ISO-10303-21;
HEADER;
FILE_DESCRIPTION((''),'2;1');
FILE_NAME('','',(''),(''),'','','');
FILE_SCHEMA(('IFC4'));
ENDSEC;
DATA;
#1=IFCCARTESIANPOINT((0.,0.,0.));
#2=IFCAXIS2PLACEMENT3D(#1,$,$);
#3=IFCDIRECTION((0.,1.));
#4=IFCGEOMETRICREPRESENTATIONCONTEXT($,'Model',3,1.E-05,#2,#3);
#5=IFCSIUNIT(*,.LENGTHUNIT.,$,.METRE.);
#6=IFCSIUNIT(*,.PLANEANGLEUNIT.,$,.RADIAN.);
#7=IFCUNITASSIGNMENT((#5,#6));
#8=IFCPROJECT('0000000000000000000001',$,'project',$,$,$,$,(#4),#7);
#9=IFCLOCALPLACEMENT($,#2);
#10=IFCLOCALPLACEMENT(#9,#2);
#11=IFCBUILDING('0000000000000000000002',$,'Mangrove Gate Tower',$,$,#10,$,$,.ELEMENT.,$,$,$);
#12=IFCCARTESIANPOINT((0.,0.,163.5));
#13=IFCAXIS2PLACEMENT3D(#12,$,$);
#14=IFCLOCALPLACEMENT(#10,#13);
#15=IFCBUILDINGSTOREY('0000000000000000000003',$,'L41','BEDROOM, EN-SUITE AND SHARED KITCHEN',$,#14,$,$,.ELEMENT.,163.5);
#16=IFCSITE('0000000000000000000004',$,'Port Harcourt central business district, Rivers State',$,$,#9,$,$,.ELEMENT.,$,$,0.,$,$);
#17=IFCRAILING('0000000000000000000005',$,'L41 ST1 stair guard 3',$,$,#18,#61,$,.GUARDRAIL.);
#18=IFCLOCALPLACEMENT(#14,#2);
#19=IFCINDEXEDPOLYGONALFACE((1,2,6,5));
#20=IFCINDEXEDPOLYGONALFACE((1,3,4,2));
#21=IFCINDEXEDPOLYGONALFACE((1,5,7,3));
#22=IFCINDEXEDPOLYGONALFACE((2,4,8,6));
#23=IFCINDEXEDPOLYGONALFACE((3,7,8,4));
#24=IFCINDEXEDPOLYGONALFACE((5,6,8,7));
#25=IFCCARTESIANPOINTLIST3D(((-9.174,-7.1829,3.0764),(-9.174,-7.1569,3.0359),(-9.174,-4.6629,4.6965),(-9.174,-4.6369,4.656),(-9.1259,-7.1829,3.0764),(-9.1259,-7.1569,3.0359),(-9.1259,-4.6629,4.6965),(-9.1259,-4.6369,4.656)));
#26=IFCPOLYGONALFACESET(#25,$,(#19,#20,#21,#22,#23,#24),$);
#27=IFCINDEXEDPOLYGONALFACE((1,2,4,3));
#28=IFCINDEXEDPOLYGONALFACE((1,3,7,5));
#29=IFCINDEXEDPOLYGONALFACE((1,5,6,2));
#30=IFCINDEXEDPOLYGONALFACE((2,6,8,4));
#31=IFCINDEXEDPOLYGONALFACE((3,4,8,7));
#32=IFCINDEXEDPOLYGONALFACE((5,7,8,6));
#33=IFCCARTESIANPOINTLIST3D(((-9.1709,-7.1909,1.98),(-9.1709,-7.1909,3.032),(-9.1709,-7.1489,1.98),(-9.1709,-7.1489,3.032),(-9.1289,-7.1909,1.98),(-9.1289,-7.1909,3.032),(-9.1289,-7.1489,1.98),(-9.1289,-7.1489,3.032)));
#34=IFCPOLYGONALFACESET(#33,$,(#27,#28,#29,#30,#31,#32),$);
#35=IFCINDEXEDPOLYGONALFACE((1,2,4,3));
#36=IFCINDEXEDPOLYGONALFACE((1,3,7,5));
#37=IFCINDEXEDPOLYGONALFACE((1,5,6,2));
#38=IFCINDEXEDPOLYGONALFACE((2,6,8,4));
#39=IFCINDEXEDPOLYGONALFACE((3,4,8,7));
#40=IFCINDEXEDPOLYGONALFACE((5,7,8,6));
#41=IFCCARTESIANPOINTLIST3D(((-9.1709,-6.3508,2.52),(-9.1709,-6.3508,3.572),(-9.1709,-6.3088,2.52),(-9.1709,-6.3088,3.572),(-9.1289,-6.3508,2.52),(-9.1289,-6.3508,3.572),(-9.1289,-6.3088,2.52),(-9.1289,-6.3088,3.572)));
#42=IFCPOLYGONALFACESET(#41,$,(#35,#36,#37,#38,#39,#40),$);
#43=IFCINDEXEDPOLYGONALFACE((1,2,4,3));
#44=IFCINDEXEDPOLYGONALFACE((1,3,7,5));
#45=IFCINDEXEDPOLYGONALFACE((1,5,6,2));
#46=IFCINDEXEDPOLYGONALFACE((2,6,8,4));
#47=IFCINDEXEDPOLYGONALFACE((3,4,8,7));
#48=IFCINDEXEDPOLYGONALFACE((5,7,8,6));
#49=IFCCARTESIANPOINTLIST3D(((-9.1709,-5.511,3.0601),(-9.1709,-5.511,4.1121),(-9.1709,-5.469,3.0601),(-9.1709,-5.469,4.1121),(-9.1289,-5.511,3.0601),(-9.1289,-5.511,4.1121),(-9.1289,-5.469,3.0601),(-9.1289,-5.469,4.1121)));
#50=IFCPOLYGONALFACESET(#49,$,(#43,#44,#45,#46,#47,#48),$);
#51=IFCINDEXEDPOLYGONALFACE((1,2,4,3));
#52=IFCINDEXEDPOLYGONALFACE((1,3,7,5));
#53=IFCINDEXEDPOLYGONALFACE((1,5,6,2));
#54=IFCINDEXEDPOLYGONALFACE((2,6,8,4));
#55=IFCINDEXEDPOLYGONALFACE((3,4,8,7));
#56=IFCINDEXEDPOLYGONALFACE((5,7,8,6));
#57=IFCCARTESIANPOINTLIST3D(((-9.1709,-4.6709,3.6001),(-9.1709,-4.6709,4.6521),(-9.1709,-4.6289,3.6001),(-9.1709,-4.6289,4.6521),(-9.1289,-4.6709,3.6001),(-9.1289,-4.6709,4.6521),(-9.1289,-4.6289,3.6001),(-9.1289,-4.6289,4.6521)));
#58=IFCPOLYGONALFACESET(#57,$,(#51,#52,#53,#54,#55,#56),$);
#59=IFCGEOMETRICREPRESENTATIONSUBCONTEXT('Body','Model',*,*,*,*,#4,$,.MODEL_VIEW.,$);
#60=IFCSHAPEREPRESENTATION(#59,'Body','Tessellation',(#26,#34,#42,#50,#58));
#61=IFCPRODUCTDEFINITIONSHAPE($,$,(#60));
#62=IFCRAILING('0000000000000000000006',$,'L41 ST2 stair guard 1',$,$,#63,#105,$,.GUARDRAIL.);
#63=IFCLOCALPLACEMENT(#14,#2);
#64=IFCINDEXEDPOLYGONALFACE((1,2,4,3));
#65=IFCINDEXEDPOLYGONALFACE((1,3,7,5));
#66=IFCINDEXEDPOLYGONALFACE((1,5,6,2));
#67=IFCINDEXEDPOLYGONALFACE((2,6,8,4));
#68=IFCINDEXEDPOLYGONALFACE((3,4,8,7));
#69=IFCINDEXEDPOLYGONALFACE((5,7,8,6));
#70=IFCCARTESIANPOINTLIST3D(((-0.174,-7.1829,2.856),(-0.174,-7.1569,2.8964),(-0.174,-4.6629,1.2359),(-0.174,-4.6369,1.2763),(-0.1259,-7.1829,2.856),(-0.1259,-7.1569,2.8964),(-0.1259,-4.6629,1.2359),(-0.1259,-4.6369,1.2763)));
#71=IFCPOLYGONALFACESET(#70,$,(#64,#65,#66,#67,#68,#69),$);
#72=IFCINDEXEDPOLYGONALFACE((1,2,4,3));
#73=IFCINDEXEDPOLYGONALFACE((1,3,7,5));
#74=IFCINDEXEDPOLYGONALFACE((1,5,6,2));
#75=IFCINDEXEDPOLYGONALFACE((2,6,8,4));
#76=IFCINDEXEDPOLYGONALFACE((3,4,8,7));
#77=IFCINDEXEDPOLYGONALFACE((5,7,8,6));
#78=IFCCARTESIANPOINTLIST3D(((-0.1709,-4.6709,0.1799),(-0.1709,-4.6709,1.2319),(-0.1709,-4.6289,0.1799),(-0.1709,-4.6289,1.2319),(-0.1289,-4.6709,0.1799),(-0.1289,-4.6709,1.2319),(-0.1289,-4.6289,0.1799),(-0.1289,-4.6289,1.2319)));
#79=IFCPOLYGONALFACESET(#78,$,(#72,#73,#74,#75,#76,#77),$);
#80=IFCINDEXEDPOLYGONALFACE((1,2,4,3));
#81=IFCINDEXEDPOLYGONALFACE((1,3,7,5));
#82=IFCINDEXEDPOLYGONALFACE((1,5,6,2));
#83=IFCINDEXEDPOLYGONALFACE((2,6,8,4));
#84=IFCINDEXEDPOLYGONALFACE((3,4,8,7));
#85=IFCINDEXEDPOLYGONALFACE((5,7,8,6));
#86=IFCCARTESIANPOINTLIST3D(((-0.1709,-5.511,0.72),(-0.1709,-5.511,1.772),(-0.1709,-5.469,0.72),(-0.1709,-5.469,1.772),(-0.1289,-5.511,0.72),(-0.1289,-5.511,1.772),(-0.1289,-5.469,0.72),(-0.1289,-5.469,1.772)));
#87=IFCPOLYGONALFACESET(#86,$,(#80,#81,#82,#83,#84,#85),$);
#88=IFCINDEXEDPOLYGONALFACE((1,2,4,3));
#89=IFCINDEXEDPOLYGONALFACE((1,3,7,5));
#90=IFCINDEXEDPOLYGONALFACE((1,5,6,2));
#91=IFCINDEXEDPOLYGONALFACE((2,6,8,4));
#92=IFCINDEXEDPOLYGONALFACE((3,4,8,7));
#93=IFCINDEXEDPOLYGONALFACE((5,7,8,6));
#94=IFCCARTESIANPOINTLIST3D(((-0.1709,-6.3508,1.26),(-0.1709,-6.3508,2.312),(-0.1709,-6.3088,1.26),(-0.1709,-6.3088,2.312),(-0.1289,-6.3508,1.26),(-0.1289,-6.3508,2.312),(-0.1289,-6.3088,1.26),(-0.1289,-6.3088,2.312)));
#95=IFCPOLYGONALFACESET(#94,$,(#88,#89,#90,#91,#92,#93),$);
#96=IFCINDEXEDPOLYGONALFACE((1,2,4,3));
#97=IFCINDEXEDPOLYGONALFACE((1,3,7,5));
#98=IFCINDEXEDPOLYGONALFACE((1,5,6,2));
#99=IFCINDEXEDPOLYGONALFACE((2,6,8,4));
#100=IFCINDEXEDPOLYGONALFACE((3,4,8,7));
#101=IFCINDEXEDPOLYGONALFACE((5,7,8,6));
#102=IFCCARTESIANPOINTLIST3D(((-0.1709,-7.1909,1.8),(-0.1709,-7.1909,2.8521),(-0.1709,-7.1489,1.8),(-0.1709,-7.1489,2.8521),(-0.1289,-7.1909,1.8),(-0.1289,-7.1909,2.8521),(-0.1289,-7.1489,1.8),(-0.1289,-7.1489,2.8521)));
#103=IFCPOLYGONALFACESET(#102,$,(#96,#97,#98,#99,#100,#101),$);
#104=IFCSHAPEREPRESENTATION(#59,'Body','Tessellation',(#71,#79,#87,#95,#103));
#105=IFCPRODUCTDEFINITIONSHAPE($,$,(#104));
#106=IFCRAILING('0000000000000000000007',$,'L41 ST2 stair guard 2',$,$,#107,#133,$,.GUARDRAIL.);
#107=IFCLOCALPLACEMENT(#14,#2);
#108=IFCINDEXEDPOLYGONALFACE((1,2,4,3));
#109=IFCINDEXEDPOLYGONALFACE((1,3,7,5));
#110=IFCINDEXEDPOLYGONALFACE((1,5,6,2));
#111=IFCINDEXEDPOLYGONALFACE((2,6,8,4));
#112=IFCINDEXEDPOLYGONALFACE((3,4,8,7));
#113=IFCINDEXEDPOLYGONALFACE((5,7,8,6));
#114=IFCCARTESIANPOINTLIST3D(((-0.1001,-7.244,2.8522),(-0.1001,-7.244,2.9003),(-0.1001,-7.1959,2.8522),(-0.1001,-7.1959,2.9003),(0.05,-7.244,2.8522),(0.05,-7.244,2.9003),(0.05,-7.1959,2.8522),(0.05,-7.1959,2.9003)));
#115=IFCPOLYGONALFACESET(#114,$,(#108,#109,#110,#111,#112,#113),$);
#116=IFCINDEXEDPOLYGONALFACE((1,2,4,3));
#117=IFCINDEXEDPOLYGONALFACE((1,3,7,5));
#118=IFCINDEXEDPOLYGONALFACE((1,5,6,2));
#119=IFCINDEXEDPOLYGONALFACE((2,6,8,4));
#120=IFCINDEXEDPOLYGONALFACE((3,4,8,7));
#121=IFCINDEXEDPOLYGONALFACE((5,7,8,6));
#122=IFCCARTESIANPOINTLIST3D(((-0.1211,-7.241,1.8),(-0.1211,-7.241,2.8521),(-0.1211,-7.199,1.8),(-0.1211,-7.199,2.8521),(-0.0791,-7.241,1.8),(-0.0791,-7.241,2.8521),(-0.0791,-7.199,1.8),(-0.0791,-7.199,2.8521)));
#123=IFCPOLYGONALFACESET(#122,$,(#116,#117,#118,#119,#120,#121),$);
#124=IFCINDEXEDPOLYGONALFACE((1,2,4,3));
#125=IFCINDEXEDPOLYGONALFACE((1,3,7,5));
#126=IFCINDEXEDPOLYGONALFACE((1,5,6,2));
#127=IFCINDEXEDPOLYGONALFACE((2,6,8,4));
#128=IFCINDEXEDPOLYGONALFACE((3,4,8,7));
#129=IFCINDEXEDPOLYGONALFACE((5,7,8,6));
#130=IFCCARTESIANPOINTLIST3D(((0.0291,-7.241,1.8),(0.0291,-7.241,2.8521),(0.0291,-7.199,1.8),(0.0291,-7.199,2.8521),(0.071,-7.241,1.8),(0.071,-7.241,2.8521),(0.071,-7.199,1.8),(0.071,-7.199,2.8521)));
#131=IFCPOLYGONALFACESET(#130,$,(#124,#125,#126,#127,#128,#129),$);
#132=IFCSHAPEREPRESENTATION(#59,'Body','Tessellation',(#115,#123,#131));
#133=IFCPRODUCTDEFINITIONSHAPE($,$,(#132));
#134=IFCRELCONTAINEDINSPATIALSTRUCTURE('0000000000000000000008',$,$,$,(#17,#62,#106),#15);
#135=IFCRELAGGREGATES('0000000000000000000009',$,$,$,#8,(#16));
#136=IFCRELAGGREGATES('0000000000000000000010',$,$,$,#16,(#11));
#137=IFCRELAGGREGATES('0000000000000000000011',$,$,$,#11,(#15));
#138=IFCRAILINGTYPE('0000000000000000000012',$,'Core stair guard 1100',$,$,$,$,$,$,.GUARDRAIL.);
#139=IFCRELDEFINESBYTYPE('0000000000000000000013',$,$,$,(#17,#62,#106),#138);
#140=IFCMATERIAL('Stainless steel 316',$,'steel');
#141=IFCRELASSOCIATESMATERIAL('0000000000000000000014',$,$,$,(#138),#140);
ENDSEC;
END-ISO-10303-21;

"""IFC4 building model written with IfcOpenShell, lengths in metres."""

from ifc_helpers import new_model, si_unit, direction, frame, origin, origin_2d, place, context, subcontext, project, spatial, rectangle, extrude, material, type_object, element, save


model = new_model("IFC4")

# Units and contexts
model_context = context("Model", 3, precision=1e-05, world=origin(), true_north=direction((0.0, 1.0)))
body_context = subcontext(model_context, "Body", "Model", "MODEL_VIEW")
ifc_project = project(units=[si_unit("LENGTHUNIT", "METRE"), si_unit("PLANEANGLEUNIT", "RADIAN")], contexts=[model_context])

# Site, building, storey
site_placement = place(None, origin())
site = spatial("IfcSite", under=ifc_project, at=site_placement, Name="Port Harcourt central business district, Rivers State", CompositionType="ELEMENT", RefElevation=0.0)
building_placement = place(site_placement, origin())
building = spatial("IfcBuilding", under=site, at=building_placement, Name="Mangrove Gate Tower", CompositionType="ELEMENT")
storey_placement = place(building_placement, frame((0.0, 0.0, 163.5)))
storey = spatial("IfcBuildingStorey", under=building, at=storey_placement, Name="L41", Description="BEDROOM, EN-SUITE AND SHARED KITCHEN", CompositionType="ELEMENT", Elevation=163.5)

# Railings
ifc_material_1 = material(Name="Stainless steel 316", Category="steel")
railing_type_1 = type_object("IfcRailingType", Name="Core stair guard 1100", PredefinedType="GUARDRAIL", material=ifc_material_1)
railing_1_placement = place(storey_placement, frame((-9.1499, -7.1699, 1.98)))
element("IfcRailing", 1, at=railing_1_placement, inside=storey, type_object=railing_type_1, Name="L41 ST1 stair guard 3", PredefinedType="GUARDRAIL", context=body_context, shape_type="SweptSolid", body=[
    extrude(rectangle(XDim=0.0481, YDim=0.0481, at=origin_2d()), frame((0.0, 0.0, 1.0762), z_axis=(0.0, 0.841163, 0.540782), x_axis=(-1.0, 0.0, 0.0)), (0.0, 0.0, 1.0), 2.9958),
    extrude(rectangle(XDim=0.042, YDim=0.042, at=origin_2d()), origin(), (0.0, 0.0, 1.0), 1.052),
    extrude(rectangle(XDim=0.042, YDim=0.042, at=origin_2d()), frame((0.0, 0.8401, 0.54)), (0.0, 0.0, 1.0), 1.052),
    extrude(rectangle(XDim=0.042, YDim=0.042, at=origin_2d()), frame((0.0, 1.6799, 1.0801)), (0.0, 0.0, 1.0), 1.052),
    extrude(rectangle(XDim=0.042, YDim=0.042, at=origin_2d()), frame((0.0, 2.52, 1.6201)), (0.0, 0.0, 1.0), 1.052),
])
railing_2_placement = place(storey_placement, frame((-0.1499, -4.6499, 0.1799)))
element("IfcRailing", 2, at=railing_2_placement, inside=storey, type_object=railing_type_1, Name="L41 ST2 stair guard 1", PredefinedType="GUARDRAIL", context=body_context, shape_type="SweptSolid", body=[
    extrude(rectangle(XDim=0.0481, YDim=0.0481, at=origin_2d()), frame((0.0, 0.0, 1.0762), z_axis=(0.0, -0.841163, 0.540782), x_axis=(1.0, 0.0, 0.0)), (0.0, 0.0, 1.0), 2.9958),
    extrude(rectangle(XDim=0.042, YDim=0.042, at=origin_2d()), origin(), (0.0, 0.0, 1.0), 1.052),
    extrude(rectangle(XDim=0.042, YDim=0.042, at=origin_2d()), frame((0.0, -0.8401, 0.54)), (0.0, 0.0, 1.0), 1.052),
    extrude(rectangle(XDim=0.042, YDim=0.042, at=origin_2d()), frame((0.0, -1.6799, 1.0801)), (0.0, 0.0, 1.0), 1.052),
    extrude(rectangle(XDim=0.042, YDim=0.042, at=origin_2d()), frame((0.0, -2.52, 1.6201)), (0.0, 0.0, 1.0), 1.052),
])
railing_3_placement = place(storey_placement, frame((-0.1001, -7.22, 1.8)))
element("IfcRailing", 3, at=railing_3_placement, inside=storey, type_object=railing_type_1, Name="L41 ST2 stair guard 2", PredefinedType="GUARDRAIL", context=body_context, shape_type="SweptSolid", body=[
    extrude(rectangle(XDim=0.0481, YDim=0.0481, at=origin_2d()), frame((0.0, 0.0, 1.0762), z_axis=(1.0, 0.0, 0.0), x_axis=(0.0, 1.0, 0.0)), (0.0, 0.0, 1.0), 0.1501),
    extrude(rectangle(XDim=0.042, YDim=0.042, at=origin_2d()), origin(), (0.0, 0.0, 1.0), 1.052),
    extrude(rectangle(XDim=0.042, YDim=0.042, at=origin_2d()), frame((0.1501, 0.0, 0.0)), (0.0, 0.0, 1.0), 1.052),
])

save(model, "model.ifc")
